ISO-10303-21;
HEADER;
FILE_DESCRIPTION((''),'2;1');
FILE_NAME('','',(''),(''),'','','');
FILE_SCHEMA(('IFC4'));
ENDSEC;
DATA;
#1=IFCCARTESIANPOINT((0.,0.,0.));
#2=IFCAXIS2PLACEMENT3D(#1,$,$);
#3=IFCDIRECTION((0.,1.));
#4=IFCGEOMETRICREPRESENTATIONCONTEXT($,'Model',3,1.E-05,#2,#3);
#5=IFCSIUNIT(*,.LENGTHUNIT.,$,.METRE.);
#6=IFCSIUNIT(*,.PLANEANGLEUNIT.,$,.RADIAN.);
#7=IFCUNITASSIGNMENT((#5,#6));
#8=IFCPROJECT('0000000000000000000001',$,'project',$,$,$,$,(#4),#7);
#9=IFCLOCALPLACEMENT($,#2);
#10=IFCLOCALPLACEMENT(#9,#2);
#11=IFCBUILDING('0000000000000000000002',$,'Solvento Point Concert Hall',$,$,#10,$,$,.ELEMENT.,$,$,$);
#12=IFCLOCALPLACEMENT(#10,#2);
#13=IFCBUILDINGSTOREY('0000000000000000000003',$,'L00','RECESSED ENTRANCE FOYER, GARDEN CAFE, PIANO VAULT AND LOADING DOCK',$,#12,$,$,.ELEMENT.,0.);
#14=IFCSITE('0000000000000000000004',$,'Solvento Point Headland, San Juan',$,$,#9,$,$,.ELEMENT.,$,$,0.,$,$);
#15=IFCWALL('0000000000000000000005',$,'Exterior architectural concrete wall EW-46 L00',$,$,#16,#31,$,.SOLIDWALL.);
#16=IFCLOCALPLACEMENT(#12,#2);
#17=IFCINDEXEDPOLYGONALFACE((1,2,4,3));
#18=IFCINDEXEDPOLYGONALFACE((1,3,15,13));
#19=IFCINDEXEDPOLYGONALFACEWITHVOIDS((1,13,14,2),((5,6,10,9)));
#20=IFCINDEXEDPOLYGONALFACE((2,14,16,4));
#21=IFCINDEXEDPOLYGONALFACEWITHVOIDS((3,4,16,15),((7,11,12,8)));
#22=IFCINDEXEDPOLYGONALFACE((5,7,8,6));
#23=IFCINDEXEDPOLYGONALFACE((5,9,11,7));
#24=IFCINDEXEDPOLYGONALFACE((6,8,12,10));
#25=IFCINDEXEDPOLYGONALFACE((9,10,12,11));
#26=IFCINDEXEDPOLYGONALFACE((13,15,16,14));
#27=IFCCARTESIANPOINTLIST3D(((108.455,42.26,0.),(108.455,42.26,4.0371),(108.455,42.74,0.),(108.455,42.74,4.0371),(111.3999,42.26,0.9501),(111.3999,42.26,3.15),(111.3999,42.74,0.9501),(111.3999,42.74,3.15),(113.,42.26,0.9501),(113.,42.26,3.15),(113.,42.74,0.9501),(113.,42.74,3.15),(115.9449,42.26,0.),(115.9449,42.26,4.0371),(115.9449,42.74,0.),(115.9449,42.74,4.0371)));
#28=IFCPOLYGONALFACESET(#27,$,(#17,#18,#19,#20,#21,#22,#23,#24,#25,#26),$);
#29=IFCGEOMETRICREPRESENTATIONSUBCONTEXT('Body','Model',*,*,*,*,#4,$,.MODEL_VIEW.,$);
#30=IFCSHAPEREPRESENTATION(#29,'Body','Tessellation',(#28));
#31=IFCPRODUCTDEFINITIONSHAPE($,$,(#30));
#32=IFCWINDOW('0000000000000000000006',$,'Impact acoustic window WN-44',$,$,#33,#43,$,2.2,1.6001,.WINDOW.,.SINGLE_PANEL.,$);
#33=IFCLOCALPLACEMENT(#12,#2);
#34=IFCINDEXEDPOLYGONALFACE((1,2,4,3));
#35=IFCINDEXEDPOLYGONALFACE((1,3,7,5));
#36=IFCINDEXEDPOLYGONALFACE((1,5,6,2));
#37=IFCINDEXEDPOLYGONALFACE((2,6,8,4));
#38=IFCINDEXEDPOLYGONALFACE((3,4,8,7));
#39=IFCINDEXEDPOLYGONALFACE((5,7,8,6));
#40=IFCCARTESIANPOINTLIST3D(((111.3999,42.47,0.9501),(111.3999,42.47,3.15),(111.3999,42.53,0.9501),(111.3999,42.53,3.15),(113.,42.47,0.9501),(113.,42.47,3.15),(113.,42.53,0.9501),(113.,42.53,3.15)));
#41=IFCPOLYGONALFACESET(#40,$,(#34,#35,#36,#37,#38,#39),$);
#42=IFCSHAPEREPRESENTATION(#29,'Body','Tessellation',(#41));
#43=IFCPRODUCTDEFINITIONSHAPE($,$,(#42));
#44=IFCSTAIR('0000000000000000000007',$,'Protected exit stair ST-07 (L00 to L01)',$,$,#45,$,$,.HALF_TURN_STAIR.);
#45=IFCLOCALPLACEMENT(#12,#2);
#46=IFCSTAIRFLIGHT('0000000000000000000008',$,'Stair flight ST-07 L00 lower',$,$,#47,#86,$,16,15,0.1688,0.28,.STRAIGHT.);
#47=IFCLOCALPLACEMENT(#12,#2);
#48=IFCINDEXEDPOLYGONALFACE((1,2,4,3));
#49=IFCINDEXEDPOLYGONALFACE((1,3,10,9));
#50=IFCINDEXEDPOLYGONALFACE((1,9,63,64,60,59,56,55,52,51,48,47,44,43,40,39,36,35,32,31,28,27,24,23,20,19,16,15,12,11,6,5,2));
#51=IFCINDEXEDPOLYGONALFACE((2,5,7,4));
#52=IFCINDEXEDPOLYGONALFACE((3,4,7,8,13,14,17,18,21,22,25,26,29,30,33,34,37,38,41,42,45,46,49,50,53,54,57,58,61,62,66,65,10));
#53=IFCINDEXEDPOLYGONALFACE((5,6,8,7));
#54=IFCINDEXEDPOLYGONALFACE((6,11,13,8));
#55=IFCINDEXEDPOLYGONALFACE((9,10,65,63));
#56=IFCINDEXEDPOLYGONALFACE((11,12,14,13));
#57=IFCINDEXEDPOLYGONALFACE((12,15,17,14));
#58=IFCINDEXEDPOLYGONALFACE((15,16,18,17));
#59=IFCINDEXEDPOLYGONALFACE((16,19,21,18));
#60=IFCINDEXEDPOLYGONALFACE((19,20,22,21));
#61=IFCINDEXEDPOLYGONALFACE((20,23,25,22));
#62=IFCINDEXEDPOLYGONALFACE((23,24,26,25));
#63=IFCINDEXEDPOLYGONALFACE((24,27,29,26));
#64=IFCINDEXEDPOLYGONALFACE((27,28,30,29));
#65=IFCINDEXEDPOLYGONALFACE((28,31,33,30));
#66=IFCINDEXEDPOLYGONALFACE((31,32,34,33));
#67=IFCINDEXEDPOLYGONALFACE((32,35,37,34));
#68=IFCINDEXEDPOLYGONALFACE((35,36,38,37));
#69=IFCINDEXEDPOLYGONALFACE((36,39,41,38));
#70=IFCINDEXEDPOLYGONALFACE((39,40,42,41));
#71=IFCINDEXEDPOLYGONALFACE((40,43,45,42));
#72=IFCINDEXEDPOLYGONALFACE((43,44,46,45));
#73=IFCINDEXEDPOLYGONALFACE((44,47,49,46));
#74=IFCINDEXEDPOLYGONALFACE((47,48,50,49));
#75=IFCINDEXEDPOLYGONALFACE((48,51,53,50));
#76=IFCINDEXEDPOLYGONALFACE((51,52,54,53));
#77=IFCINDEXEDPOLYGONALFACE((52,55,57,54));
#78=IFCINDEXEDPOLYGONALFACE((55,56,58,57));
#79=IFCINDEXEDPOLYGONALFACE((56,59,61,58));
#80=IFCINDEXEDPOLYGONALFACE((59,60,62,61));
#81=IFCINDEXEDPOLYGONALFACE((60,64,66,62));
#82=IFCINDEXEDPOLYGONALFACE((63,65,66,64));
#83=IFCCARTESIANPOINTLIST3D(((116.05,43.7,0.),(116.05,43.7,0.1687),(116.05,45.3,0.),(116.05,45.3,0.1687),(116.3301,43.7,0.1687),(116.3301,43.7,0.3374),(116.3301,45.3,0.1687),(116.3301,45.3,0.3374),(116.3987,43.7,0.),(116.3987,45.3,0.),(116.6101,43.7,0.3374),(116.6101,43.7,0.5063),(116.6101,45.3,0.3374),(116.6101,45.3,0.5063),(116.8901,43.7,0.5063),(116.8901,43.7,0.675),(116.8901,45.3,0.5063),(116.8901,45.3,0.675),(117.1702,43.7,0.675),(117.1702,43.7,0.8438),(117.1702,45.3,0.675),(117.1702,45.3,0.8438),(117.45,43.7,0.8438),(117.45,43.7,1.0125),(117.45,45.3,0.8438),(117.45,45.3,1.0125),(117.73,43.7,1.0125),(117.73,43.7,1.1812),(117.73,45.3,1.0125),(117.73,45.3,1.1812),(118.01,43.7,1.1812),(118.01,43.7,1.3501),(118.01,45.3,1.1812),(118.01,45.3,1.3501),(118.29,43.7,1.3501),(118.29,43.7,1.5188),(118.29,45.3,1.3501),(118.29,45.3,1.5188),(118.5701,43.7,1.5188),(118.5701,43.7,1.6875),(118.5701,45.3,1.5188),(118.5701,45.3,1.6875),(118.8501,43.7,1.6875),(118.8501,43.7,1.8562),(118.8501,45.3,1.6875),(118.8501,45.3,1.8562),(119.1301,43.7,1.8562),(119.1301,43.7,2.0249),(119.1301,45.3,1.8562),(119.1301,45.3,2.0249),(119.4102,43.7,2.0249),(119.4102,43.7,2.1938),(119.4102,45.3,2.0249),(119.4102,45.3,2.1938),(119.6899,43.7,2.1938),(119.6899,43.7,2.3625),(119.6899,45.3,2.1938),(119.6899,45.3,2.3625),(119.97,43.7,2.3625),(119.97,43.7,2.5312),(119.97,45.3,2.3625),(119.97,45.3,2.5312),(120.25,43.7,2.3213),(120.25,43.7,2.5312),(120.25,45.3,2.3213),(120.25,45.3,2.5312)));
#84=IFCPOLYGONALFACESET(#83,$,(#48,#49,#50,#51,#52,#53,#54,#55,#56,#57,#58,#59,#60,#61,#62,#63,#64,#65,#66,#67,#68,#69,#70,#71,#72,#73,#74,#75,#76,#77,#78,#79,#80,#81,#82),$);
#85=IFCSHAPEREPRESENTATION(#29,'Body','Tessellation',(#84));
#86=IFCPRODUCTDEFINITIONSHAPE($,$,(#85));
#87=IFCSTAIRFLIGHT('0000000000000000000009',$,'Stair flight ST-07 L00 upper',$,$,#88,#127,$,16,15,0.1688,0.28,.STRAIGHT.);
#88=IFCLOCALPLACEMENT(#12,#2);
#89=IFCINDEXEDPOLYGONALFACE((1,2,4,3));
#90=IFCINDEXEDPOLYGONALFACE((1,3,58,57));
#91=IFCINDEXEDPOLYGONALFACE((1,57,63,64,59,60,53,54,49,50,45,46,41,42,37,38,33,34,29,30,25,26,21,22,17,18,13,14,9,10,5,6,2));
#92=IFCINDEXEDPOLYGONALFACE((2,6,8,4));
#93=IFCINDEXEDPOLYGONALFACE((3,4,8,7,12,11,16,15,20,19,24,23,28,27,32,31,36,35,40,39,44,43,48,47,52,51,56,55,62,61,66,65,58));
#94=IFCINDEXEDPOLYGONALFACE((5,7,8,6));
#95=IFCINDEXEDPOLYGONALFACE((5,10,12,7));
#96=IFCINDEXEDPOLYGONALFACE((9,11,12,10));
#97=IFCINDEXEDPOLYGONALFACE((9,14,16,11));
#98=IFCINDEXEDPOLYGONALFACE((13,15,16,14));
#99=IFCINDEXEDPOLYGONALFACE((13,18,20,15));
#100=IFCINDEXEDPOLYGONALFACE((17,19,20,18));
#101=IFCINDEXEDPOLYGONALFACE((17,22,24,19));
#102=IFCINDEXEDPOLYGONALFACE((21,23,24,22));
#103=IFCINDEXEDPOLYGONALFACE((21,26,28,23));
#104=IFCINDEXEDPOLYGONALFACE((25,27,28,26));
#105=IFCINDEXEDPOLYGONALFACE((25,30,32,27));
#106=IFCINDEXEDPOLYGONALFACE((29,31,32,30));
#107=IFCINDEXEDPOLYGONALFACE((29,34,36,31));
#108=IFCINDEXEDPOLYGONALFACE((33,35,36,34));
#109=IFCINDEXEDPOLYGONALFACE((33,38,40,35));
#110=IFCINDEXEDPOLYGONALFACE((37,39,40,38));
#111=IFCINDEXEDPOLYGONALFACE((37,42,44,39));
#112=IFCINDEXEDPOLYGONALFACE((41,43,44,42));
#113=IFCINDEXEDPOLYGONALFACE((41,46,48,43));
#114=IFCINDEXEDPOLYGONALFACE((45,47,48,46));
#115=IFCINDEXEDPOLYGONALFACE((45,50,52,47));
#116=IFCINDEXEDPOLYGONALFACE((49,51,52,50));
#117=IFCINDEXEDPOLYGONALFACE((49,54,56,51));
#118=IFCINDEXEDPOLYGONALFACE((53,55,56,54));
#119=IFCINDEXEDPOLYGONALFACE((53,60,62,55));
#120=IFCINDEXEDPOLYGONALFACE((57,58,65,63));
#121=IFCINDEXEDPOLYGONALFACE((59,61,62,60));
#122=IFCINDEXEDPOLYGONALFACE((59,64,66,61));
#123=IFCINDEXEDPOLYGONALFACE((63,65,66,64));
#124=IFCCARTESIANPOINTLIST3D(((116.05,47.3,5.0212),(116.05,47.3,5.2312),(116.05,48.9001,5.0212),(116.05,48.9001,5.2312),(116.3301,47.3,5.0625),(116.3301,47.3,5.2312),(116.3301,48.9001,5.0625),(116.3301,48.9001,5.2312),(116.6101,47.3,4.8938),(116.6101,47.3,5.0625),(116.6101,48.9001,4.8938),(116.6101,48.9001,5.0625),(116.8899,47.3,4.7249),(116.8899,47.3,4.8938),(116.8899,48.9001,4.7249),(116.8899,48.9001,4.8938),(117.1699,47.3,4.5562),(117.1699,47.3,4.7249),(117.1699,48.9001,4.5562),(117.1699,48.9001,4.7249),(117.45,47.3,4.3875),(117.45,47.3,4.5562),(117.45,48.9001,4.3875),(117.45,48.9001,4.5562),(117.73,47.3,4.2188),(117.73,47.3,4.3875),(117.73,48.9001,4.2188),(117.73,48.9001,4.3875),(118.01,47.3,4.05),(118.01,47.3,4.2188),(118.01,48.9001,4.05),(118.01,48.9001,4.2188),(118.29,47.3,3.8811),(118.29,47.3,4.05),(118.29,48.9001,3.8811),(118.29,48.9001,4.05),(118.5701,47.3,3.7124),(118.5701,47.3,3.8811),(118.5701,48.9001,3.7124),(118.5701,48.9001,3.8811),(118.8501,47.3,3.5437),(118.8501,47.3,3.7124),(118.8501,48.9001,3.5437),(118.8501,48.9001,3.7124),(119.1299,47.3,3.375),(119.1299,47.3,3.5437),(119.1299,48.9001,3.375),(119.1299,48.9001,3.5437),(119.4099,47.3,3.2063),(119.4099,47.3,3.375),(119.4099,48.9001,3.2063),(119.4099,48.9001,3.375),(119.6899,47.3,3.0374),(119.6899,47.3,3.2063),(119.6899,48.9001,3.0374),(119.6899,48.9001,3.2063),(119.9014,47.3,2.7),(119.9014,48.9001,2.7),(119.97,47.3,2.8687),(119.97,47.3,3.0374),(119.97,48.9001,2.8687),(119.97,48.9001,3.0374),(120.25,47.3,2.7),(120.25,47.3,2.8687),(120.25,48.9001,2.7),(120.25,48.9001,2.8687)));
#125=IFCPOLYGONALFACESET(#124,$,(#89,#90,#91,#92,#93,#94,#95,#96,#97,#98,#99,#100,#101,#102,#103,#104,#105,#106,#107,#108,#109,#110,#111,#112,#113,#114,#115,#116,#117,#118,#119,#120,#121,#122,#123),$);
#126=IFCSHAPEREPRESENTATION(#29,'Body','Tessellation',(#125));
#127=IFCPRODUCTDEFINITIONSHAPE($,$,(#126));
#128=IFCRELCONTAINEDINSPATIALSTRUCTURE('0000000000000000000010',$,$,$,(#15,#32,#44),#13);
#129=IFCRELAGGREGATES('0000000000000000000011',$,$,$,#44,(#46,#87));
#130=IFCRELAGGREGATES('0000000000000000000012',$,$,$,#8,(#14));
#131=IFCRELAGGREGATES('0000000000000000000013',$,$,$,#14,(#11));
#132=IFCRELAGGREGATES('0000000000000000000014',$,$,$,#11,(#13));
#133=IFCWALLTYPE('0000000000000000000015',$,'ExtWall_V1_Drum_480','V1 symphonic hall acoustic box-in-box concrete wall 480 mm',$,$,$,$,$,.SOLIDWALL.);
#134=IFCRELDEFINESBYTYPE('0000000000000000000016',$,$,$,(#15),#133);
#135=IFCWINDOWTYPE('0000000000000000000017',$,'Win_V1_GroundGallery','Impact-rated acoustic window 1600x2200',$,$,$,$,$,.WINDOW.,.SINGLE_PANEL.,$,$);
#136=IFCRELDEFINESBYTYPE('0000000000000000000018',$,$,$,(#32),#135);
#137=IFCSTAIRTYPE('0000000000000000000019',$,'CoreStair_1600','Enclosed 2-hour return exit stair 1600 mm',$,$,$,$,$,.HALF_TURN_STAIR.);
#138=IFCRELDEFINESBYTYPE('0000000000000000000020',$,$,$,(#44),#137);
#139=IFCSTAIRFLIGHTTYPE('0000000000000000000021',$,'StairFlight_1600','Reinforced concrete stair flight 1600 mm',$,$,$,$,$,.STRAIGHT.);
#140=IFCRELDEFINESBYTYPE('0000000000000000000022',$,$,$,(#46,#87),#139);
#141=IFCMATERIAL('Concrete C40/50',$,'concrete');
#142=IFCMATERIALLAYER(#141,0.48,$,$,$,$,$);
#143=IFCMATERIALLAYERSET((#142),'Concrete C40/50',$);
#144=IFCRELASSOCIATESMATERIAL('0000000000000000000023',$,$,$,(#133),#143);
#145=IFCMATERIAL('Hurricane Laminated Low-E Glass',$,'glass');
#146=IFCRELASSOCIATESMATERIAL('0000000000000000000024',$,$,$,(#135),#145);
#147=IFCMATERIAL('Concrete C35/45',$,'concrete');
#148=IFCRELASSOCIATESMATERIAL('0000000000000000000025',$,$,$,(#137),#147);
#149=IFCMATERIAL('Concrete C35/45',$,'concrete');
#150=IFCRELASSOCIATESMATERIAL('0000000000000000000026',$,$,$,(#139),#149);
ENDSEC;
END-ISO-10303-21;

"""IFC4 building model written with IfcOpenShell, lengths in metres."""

from ifc_helpers import new_model, si_unit, direction, frame, frame_2d, origin, place, context, subcontext, project, spatial, polyline, rectangle, outline, extrude, material, layer, layer_set, type_object, element, fill, aggregate, save


model = new_model("IFC4")

# Units and contexts
model_context = context("Model", 3, precision=1e-05, world=origin(), true_north=direction((0.0, 1.0)))
body_context = subcontext(model_context, "Body", "Model", "MODEL_VIEW")
ifc_project = project(units=[si_unit("LENGTHUNIT", "METRE"), si_unit("PLANEANGLEUNIT", "RADIAN")], contexts=[model_context])

# Site, building, storey
site_placement = place(None, origin())
site = spatial("IfcSite", under=ifc_project, at=site_placement, Name="Solvento Point Headland, San Juan", CompositionType="ELEMENT", RefElevation=0.0)
building_placement = place(site_placement, origin())
building = spatial("IfcBuilding", under=site, at=building_placement, Name="Solvento Point Concert Hall", CompositionType="ELEMENT")
storey_placement = place(building_placement, origin())
storey = spatial("IfcBuildingStorey", under=building, at=storey_placement, Name="L00", Description="RECESSED ENTRANCE FOYER, GARDEN CAFE, PIANO VAULT AND LOADING DOCK", CompositionType="ELEMENT", Elevation=0.0)

# Wall, opening, window
ifc_material_1 = material(Name="Concrete C40/50", Category="concrete")
ifc_layer_1 = layer(ifc_material_1, 0.48)
ifc_layer_set_1 = layer_set([ifc_layer_1], Name="Concrete C40/50")
wall_type_1 = type_object("IfcWallType", Name="ExtWall_V1_Drum_480", Description="V1 symphonic hall acoustic box-in-box concrete wall 480 mm", PredefinedType="SOLIDWALL", material=ifc_layer_set_1)
wall_1_placement = place(storey_placement, frame((115.9451, 42.5, 0.0), z_axis=(0.0, 0.0, 1.0), x_axis=(-1.0, 0.0, 0.0)))
wall_1 = element("IfcWall", 1, at=wall_1_placement, inside=storey, type_object=wall_type_1, Name="Exterior architectural concrete wall EW-46 L00", PredefinedType="SOLIDWALL", context=body_context, shape_type="SweptSolid", body=[
    extrude(rectangle(XDim=7.49, YDim=0.48, at=frame_2d((3.7451, 0.0))), origin(), (0.0, 0.0, 1.0), 4.0371),
])
opening_1_placement = place(wall_1_placement, frame((2.9451, 0.0, 0.95)))
opening_1 = element("IfcOpeningElement", 2, at=opening_1_placement, cuts=wall_1, PredefinedType="OPENING", context=body_context, shape_type="SweptSolid", body=[
    extrude(rectangle(XDim=1.6001, YDim=2.2, at=frame_2d((0.8, 1.1001))), frame((0.0, 0.25, 0.0), z_axis=(0.0, -1.0, 0.0), x_axis=(1.0, 0.0, 0.0)), (0.0, 0.0, 1.0), 0.5),
])
ifc_material_2 = material(Name="Hurricane Laminated Low-E Glass", Category="glass")
window_type = type_object("IfcWindowType", Name="Win_V1_GroundGallery", Description="Impact-rated acoustic window 1600x2200", PartitioningType="SINGLE_PANEL", PredefinedType="WINDOW", material=ifc_material_2)
window_placement = place(opening_1_placement, origin())
window = element("IfcWindow", 3, at=window_placement, inside=storey, type_object=window_type, Name="Impact acoustic window WN-44", OverallHeight=2.2, OverallWidth=1.6001, PartitioningType="SINGLE_PANEL", PredefinedType="WINDOW", context=body_context, shape_type="SweptSolid", body=[
    extrude(rectangle(XDim=1.6001, YDim=2.2, at=frame_2d((0.8, 1.1001))), frame((0.0, 0.03, 0.0), z_axis=(0.0, -1.0, 0.0), x_axis=(1.0, 0.0, 0.0)), (0.0, 0.0, 1.0), 0.0601),
])
fill(opening_1, window)

# Stair, stair flights
ifc_material_3 = material(Name="Concrete C35/45", Category="concrete")
stair_type = type_object("IfcStairType", Name="CoreStair_1600", Description="Enclosed 2-hour return exit stair 1600 mm", PredefinedType="HALF_TURN_STAIR", material=ifc_material_3)
stair_placement = place(storey_placement, origin())
stair = element("IfcStair", 4, at=stair_placement, inside=storey, type_object=stair_type, Name="Protected exit stair ST-07 (L00 to L01)", PredefinedType="HALF_TURN_STAIR")
ifc_material_4 = material(Name="Concrete C35/45", Category="concrete")
stair_flight_type = type_object("IfcStairFlightType", Name="StairFlight_1600", Description="Reinforced concrete stair flight 1600 mm", PredefinedType="STRAIGHT", material=ifc_material_4)
stair_flight_1_placement = place(storey_placement, frame((116.05, 44.5, 0.0), z_axis=(0.0, 0.0, 1.0), x_axis=(1.0, 0.0, 0.0)))
stair_flight_1 = element("IfcStairFlight", 5, at=stair_flight_1_placement, type_object=stair_flight_type, Name="Stair flight ST-07 L00 lower", NumberOfRisers=16, NumberOfTreads=15, PredefinedType="STRAIGHT", RiserHeight=0.1688, TreadLength=0.28, context=body_context, shape_type="SweptSolid", body=[
    extrude(outline(polyline([(0.0, 0.0), (0.0, 0.1687), (0.28, 0.1687), (0.28, 0.3374), (0.5601, 0.3374), (0.5601, 0.5063), (0.8401, 0.5063), (0.8401, 0.675), (1.1201, 0.675), (1.1201, 0.8438), (1.3999, 0.8438), (1.3999, 1.0125), (1.6799, 1.0125), (1.6799, 1.1812), (1.96, 1.1812), (1.96, 1.3501), (2.24, 1.3501), (2.24, 1.5188), (2.52, 1.5188), (2.52, 1.6875), (2.8, 1.6875), (2.8, 1.8562), (3.0801, 1.8562), (3.0801, 2.0249), (3.3601, 2.0249), (3.3601, 2.1938), (3.6399, 2.1938), (3.6399, 2.3625), (3.9199, 2.3625), (3.9199, 2.5312), (4.2, 2.5312), (4.2, 2.7), (4.2, 2.3213), (0.3486, 0.0), (0.0, 0.0)])), frame((0.0, 0.8, 0.0), z_axis=(0.0, -1.0, 0.0), x_axis=(1.0, 0.0, 0.0)), (0.0, 0.0, 1.0), 1.6001),
])
stair_flight_2_placement = place(storey_placement, frame((120.25, 48.1001, 2.7), z_axis=(0.0, 0.0, 1.0), x_axis=(-1.0, 0.0, 0.0)))
stair_flight_2 = element("IfcStairFlight", 6, at=stair_flight_2_placement, type_object=stair_flight_type, Name="Stair flight ST-07 L00 upper", NumberOfRisers=16, NumberOfTreads=15, PredefinedType="STRAIGHT", RiserHeight=0.1688, TreadLength=0.28, context=body_context, shape_type="SweptSolid", body=[
    extrude(outline(polyline([(0.0, 0.0), (0.0, 0.1687), (0.28, 0.1687), (0.28, 0.3374), (0.5601, 0.3374), (0.5601, 0.5063), (0.8401, 0.5063), (0.8401, 0.675), (1.1201, 0.675), (1.1201, 0.8438), (1.3999, 0.8438), (1.3999, 1.0125), (1.6799, 1.0125), (1.6799, 1.1812), (1.96, 1.1812), (1.96, 1.3501), (2.24, 1.3501), (2.24, 1.5188), (2.52, 1.5188), (2.52, 1.6875), (2.8, 1.6875), (2.8, 1.8562), (3.0801, 1.8562), (3.0801, 2.0249), (3.3601, 2.0249), (3.3601, 2.1938), (3.6399, 2.1938), (3.6399, 2.3625), (3.9199, 2.3625), (3.9199, 2.5312), (4.2, 2.5312), (4.2, 2.7), (4.2, 2.3213), (0.3486, 0.0), (0.0, 0.0)])), frame((0.0, 0.8, 0.0), z_axis=(0.0, -1.0, 0.0), x_axis=(1.0, 0.0, 0.0)), (0.0, 0.0, 1.0), 1.6001),
])
aggregate(stair, [stair_flight_1, stair_flight_2])

save(model, "model.ifc")
